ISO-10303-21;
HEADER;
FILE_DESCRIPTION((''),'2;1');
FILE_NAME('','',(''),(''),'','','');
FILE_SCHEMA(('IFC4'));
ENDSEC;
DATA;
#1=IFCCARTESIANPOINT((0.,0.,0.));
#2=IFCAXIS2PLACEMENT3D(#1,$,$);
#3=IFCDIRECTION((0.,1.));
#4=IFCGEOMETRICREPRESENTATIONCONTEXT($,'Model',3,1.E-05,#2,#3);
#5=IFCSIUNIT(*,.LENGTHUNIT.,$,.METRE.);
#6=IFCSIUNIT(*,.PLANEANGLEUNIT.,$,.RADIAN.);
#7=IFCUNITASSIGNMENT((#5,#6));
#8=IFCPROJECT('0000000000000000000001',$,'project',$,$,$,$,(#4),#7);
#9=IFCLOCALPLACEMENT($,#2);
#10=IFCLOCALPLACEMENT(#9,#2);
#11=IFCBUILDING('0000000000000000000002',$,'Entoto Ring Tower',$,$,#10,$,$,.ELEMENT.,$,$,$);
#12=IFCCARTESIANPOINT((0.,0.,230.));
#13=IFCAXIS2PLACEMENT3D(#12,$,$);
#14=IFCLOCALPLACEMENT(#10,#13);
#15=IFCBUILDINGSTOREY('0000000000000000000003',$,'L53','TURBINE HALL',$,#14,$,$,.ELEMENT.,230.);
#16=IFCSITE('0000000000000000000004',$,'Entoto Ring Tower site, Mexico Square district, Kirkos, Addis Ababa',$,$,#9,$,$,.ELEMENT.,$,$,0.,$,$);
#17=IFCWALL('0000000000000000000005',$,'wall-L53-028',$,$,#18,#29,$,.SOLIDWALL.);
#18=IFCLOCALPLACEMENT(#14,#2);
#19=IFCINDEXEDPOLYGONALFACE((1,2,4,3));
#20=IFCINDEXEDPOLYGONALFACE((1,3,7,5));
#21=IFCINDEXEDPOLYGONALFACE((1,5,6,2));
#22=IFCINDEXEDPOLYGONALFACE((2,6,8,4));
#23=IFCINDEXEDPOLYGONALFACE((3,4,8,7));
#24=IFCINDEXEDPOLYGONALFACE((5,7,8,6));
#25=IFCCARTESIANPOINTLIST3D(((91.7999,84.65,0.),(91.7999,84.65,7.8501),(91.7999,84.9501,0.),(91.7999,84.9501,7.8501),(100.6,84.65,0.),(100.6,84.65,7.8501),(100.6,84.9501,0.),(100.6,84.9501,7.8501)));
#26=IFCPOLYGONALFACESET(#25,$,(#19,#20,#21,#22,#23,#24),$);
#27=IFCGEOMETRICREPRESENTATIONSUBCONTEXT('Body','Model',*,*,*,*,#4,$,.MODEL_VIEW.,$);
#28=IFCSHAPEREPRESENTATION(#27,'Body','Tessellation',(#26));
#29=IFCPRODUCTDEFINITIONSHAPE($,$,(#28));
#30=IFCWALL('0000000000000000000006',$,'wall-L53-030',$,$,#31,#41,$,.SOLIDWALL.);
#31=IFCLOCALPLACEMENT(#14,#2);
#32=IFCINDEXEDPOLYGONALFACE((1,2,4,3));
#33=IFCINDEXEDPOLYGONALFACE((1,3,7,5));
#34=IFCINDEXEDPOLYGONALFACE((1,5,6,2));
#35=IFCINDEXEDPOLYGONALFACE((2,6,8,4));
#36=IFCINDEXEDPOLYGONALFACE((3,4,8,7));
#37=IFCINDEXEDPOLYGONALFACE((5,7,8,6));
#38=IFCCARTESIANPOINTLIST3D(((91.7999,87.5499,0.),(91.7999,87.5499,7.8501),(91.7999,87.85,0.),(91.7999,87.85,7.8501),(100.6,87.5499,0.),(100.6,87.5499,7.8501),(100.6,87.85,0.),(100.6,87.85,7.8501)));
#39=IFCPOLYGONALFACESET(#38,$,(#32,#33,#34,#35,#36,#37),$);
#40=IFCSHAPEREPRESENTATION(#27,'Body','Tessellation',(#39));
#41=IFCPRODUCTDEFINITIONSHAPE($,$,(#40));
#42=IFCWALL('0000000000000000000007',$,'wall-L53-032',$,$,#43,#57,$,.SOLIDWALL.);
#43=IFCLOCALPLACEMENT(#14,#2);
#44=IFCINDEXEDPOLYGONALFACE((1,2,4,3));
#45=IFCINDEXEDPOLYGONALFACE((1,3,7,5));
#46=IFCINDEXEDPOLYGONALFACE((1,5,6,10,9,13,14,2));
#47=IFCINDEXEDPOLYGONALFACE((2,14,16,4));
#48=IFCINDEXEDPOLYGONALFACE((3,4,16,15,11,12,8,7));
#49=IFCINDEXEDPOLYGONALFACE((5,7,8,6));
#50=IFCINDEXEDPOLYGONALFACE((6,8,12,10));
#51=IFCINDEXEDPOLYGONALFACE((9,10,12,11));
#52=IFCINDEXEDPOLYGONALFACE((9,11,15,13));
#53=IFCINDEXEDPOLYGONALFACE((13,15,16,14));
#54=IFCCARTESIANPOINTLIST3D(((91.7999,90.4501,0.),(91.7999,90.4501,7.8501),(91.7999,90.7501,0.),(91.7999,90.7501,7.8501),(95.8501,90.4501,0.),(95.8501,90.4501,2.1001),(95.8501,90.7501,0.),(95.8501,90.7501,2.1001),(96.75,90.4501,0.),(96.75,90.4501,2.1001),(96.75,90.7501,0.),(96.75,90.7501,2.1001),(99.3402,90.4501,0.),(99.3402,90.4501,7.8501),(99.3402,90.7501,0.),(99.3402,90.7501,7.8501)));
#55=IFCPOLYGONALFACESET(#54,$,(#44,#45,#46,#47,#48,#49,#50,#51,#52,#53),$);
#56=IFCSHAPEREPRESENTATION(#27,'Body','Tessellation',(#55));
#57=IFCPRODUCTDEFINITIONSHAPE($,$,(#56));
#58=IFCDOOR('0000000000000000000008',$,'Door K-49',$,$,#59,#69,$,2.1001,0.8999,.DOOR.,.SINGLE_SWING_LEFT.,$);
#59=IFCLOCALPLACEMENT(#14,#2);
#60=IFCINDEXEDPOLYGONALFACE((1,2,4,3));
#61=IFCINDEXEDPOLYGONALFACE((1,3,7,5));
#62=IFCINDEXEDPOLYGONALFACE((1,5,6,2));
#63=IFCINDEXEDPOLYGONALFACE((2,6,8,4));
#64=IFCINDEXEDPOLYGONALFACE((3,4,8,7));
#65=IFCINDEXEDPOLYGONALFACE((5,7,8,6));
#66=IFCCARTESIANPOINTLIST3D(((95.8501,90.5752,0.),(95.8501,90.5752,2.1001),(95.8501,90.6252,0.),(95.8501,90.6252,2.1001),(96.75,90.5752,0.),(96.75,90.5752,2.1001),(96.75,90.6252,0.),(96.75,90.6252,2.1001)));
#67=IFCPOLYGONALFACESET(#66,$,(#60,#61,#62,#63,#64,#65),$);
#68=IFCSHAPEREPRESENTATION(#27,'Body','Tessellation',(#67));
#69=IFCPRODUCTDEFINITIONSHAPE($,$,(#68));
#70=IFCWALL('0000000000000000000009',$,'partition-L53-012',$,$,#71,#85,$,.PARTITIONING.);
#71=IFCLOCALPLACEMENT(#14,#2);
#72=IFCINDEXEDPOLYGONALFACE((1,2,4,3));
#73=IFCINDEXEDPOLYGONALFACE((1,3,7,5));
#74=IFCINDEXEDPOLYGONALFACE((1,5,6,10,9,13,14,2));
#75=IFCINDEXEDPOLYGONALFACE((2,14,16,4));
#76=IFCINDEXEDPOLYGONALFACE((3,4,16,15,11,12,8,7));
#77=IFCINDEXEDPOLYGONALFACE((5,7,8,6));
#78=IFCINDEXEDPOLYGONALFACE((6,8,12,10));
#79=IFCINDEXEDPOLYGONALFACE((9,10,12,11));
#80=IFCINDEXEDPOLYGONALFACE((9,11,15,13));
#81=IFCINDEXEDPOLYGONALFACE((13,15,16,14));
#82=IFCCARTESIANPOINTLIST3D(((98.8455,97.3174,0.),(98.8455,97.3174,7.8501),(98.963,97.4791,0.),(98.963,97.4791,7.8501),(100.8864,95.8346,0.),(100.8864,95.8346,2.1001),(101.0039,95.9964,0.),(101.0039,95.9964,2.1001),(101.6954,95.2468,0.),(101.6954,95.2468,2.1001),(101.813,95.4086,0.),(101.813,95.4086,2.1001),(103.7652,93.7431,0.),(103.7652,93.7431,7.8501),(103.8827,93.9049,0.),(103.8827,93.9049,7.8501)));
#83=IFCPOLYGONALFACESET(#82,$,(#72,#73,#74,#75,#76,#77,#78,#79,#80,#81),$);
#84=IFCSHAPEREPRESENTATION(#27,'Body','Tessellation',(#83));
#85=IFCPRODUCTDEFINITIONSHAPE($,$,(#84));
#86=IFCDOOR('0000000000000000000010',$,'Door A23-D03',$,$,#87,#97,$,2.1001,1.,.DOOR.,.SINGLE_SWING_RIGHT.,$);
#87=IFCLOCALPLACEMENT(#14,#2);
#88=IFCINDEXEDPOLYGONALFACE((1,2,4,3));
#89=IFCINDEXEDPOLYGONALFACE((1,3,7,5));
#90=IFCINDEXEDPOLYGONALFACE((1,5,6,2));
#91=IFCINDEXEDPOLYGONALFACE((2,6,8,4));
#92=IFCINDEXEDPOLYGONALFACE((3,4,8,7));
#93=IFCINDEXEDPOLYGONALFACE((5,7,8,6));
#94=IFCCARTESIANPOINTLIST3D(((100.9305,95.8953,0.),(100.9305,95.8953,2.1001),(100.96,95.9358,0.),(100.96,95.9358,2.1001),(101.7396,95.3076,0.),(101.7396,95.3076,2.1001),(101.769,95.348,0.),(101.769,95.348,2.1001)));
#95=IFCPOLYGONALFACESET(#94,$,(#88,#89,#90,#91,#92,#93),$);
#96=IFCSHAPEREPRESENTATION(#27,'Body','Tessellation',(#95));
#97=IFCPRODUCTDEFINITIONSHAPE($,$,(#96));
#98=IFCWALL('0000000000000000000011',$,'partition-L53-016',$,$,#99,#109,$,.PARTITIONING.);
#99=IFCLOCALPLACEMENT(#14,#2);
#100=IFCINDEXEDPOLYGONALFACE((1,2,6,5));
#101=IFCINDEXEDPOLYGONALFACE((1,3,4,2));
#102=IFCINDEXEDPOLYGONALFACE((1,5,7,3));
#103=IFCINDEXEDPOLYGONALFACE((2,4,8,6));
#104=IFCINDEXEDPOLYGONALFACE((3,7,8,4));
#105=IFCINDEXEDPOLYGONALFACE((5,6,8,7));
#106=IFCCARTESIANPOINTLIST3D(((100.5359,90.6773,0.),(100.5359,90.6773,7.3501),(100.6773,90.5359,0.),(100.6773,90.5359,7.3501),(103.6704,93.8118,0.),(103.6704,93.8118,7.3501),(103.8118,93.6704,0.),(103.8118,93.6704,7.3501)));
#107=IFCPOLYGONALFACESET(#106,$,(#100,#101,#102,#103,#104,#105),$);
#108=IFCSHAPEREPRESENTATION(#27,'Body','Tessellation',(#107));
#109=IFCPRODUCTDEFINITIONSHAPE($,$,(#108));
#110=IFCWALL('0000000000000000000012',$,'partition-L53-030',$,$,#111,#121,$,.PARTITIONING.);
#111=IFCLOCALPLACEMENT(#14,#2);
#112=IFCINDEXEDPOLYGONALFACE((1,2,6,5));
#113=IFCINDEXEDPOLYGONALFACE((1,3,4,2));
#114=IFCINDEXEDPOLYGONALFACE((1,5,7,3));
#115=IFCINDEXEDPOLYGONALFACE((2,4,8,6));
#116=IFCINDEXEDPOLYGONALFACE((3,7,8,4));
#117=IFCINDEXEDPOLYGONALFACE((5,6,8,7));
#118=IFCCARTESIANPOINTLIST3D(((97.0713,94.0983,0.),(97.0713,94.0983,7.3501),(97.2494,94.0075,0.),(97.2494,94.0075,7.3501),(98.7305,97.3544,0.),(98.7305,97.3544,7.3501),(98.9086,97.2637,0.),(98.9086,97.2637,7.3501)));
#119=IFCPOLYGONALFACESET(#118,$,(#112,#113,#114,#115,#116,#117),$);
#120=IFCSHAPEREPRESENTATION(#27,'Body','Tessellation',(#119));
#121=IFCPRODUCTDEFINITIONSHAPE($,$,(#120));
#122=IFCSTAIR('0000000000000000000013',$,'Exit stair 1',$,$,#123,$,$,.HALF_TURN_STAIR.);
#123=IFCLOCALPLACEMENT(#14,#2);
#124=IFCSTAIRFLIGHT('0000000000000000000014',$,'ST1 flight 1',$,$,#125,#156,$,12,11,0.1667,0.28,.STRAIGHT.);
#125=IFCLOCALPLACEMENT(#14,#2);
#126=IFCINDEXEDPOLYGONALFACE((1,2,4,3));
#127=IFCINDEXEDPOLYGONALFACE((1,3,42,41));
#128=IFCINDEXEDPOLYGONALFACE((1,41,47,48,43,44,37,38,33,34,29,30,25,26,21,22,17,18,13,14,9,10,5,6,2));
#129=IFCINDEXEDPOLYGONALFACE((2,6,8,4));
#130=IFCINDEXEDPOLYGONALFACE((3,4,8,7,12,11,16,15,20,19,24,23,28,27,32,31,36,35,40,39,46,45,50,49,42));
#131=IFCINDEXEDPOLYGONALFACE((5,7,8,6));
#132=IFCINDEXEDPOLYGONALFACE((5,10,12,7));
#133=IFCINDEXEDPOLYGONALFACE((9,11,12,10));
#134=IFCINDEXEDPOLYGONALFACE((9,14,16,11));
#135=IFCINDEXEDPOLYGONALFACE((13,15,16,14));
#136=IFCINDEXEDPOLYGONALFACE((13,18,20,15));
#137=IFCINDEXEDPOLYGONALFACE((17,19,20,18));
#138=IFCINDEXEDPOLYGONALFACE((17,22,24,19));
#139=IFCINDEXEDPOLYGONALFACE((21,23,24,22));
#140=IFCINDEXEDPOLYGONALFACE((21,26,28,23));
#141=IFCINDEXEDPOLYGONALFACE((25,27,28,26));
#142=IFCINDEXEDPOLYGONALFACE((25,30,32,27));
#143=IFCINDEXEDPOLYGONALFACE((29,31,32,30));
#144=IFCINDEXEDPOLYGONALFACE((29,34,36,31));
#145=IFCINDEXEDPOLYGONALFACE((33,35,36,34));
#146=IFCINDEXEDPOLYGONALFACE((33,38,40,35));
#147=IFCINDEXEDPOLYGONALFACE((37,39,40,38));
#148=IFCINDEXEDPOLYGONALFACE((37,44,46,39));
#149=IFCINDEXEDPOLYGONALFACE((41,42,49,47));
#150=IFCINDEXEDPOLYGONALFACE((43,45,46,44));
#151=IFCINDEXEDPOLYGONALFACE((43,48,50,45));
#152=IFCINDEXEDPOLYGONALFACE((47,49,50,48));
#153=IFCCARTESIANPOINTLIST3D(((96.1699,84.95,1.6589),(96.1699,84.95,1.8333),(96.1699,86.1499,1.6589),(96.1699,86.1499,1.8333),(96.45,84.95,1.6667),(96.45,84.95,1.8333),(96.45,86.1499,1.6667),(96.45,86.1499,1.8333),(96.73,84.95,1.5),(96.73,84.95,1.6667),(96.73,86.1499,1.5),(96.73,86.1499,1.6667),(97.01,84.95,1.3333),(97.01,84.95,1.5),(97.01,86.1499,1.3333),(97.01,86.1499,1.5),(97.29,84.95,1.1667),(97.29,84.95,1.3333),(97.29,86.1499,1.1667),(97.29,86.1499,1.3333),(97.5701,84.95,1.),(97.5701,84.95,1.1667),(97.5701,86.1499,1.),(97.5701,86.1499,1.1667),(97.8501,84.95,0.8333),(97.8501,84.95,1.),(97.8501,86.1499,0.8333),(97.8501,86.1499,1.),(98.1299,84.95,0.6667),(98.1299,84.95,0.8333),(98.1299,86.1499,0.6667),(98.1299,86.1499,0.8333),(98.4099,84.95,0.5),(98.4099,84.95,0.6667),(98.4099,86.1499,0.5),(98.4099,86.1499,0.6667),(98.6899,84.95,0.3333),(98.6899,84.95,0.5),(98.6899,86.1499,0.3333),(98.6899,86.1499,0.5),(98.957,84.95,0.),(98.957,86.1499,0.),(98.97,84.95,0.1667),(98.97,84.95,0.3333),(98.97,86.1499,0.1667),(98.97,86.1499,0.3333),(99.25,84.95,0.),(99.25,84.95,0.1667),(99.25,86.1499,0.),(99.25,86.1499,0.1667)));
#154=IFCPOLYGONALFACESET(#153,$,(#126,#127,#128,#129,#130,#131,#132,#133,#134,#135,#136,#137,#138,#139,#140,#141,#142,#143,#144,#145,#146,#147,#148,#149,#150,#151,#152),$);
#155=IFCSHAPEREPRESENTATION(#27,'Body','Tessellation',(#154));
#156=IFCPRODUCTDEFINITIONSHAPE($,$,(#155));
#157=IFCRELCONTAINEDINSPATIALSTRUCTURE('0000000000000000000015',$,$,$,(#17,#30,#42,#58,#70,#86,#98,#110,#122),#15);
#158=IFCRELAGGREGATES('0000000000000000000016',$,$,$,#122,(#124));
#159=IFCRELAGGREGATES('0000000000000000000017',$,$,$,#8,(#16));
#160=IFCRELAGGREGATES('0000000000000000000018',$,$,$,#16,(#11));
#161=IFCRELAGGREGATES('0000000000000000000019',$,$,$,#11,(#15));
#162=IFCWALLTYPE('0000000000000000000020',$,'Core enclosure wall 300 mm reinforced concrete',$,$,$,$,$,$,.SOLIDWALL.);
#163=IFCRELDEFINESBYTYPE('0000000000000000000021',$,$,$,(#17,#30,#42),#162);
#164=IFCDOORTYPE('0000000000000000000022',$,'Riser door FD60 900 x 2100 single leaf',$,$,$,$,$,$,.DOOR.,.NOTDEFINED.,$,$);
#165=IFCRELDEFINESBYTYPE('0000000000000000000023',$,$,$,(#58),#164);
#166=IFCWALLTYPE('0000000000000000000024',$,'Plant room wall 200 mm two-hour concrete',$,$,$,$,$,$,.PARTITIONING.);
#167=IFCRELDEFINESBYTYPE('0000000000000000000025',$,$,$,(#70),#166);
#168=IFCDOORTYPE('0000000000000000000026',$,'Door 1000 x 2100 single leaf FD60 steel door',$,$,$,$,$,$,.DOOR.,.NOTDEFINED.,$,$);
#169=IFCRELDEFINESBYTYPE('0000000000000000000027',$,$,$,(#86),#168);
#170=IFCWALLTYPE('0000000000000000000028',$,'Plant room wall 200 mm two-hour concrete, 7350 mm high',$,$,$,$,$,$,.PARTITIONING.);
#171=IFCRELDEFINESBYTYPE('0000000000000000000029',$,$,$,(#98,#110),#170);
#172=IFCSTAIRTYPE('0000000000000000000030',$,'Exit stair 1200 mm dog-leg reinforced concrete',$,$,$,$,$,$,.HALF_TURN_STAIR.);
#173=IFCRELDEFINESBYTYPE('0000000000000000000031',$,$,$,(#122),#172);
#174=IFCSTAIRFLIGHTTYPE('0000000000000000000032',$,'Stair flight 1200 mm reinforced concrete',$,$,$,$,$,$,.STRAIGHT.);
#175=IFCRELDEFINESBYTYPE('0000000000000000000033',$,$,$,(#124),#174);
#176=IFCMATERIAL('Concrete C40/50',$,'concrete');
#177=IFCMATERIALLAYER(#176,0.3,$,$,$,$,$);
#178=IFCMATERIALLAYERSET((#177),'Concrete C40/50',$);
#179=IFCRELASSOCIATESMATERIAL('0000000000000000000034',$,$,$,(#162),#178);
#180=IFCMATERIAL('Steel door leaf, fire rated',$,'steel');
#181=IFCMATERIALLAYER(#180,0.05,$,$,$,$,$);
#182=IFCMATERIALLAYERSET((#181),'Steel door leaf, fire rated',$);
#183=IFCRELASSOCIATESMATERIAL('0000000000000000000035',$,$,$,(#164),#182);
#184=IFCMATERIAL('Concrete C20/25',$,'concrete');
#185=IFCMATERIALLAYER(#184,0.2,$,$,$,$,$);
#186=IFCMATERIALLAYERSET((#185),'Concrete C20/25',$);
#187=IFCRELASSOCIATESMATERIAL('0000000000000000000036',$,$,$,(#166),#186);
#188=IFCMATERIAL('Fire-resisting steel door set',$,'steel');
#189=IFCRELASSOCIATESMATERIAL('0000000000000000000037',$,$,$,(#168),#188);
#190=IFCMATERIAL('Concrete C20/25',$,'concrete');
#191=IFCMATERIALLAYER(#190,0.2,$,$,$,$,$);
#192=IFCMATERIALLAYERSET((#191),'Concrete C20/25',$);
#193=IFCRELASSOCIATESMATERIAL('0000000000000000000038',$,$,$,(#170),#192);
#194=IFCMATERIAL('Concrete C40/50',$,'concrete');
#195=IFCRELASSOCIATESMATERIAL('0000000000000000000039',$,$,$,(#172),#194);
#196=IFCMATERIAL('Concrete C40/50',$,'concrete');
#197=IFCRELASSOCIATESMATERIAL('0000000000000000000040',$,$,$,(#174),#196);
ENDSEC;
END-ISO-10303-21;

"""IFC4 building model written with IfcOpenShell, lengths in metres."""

from ifc_helpers import new_model, si_unit, direction, frame, frame_2d, origin, place, context, subcontext, project, spatial, polyline, rectangle, outline, extrude, material, layer, layer_set, type_object, element, fill, aggregate, save


model = new_model("IFC4")

# Units and contexts
model_context = context("Model", 3, precision=1e-05, world=origin(), true_north=direction((0.0, 1.0)))
body_context = subcontext(model_context, "Body", "Model", "MODEL_VIEW")
ifc_project = project(units=[si_unit("LENGTHUNIT", "METRE"), si_unit("PLANEANGLEUNIT", "RADIAN")], contexts=[model_context])

# Site, building, storey
site_placement = place(None, origin())
site = spatial("IfcSite", under=ifc_project, at=site_placement, Name="Entoto Ring Tower site, Mexico Square district, Kirkos, Addis Ababa", CompositionType="ELEMENT", RefElevation=0.0)
building_placement = place(site_placement, origin())
building = spatial("IfcBuilding", under=site, at=building_placement, Name="Entoto Ring Tower", CompositionType="ELEMENT")
storey_placement = place(building_placement, frame((0.0, 0.0, 230.0)))
storey = spatial("IfcBuildingStorey", under=building, at=storey_placement, Name="L53", Description="TURBINE HALL", CompositionType="ELEMENT", Elevation=230.0)

# Shared definitions
ifc_material_1 = material(Name="Concrete C40/50", Category="concrete")
ifc_layer_1 = layer(ifc_material_1, 0.3)
ifc_layer_set_1 = layer_set([ifc_layer_1], Name="Concrete C40/50")
wall_type_1 = type_object("IfcWallType", Name="Core enclosure wall 300 mm reinforced concrete", PredefinedType="SOLIDWALL", material=ifc_layer_set_1)

# Walls
for number, where, z_axis, x_axis, name in (
    (1, (91.8, 84.8, 0.0), (0.0, 0.0, 1.0), (1.0, 0.0, 0.0), "wall-L53-028"),
    (2, (91.8, 87.7, 0.0), (0.0, 0.0, 1.0), (1.0, 0.0, 0.0), "wall-L53-030"),
):
    element("IfcWall", number, at=place(storey_placement, frame(where, z_axis=z_axis, x_axis=x_axis)), inside=storey, type_object=wall_type_1, Name=name, PredefinedType="SOLIDWALL", context=body_context, shape_type="SweptSolid", body=[
        extrude(rectangle(XDim=8.8, YDim=0.3, at=frame_2d((4.3999, 0.0))), origin(), (0.0, 0.0, 1.0), 7.8501),
    ])

# Walls, openings, doors
wall_1_placement = place(storey_placement, frame((91.8, 90.6001, 0.0), z_axis=(0.0, 0.0, 1.0), x_axis=(1.0, 0.0, 0.0)))
wall_1 = element("IfcWall", 3, at=wall_1_placement, inside=storey, type_object=wall_type_1, Name="wall-L53-032", PredefinedType="SOLIDWALL", context=body_context, shape_type="SweptSolid", body=[
    extrude(rectangle(XDim=7.5403, YDim=0.3, at=frame_2d((3.77, 0.0))), origin(), (0.0, 0.0, 1.0), 7.8501),
])
opening_1_placement = place(wall_1_placement, frame((4.05, 0.0, 0.0)))
opening_1 = element("IfcOpeningElement", 4, at=opening_1_placement, cuts=wall_1, PredefinedType="OPENING", context=body_context, shape_type="SweptSolid", body=[
    extrude(rectangle(XDim=0.8999, YDim=2.1001, at=frame_2d((0.45, 1.05))), frame((0.0, 0.1602, 0.0), z_axis=(0.0, -1.0, 0.0), x_axis=(1.0, 0.0, 0.0)), (0.0, 0.0, 1.0), 0.3201),
])
ifc_material_2 = material(Name="Steel door leaf, fire rated", Category="steel")
ifc_layer_2 = layer(ifc_material_2, 0.05)
ifc_layer_set_2 = layer_set([ifc_layer_2], Name="Steel door leaf, fire rated")
door_type_1 = type_object("IfcDoorType", Name="Riser door FD60 900 x 2100 single leaf", OperationType="NOTDEFINED", PredefinedType="DOOR", material=ifc_layer_set_2)
door_1_placement = place(opening_1_placement, frame((0.8999, 0.0, 0.0), z_axis=(0.0, 0.0, 1.0), x_axis=(-1.0, 0.0, 0.0)))
door_1 = element("IfcDoor", 5, at=door_1_placement, inside=storey, type_object=door_type_1, Name="Door K-49", OperationType="SINGLE_SWING_LEFT", OverallHeight=2.1001, OverallWidth=0.8999, PredefinedType="DOOR", context=body_context, shape_type="SweptSolid", body=[
    extrude(rectangle(XDim=0.8999, YDim=2.1001, at=frame_2d((0.45, 1.05))), frame((0.0, 0.0249, 0.0), z_axis=(0.0, -1.0, 0.0), x_axis=(1.0, 0.0, 0.0)), (0.0, 0.0, 1.0), 0.05),
])
fill(opening_1, door_1)
ifc_material_3 = material(Name="Concrete C20/25", Category="concrete")
ifc_layer_3 = layer(ifc_material_3, 0.2)
ifc_layer_set_3 = layer_set([ifc_layer_3], Name="Concrete C20/25")
wall_type_2 = type_object("IfcWallType", Name="Plant room wall 200 mm two-hour concrete", PredefinedType="PARTITIONING", material=ifc_layer_set_3)
wall_2_placement = place(storey_placement, frame((103.824, 93.824, 0.0), z_axis=(0.0, 0.0, 1.0), x_axis=(-0.809028, 0.587771, 0.0)))
wall_2 = element("IfcWall", 6, at=wall_2_placement, inside=storey, type_object=wall_type_2, Name="partition-L53-012", PredefinedType="PARTITIONING", context=body_context, shape_type="SweptSolid", body=[
    extrude(rectangle(XDim=6.0811, YDim=0.2, at=frame_2d((3.0405, 0.0))), origin(), (0.0, 0.0, 1.0), 7.8501),
])
opening_2_placement = place(wall_2_placement, frame((2.5583, 0.0, 0.0)))
opening_2 = element("IfcOpeningElement", 7, at=opening_2_placement, cuts=wall_2, PredefinedType="OPENING", context=body_context, shape_type="SweptSolid", body=[
    extrude(rectangle(XDim=1.0, YDim=2.1001, at=frame_2d((0.5, 1.05))), frame((0.0, 0.1099, 0.0), z_axis=(0.0, -1.0, 0.0), x_axis=(1.0, 0.0, 0.0)), (0.0, 0.0, 1.0), 0.22),
])
ifc_material_4 = material(Name="Fire-resisting steel door set", Category="steel")
door_type_2 = type_object("IfcDoorType", Name="Door 1000 x 2100 single leaf FD60 steel door", OperationType="NOTDEFINED", PredefinedType="DOOR", material=ifc_material_4)
door_2_placement = place(opening_2_placement, origin())
door_2 = element("IfcDoor", 8, at=door_2_placement, inside=storey, type_object=door_type_2, Name="Door A23-D03", OperationType="SINGLE_SWING_RIGHT", OverallHeight=2.1001, OverallWidth=1.0, PredefinedType="DOOR", context=body_context, shape_type="SweptSolid", body=[
    extrude(rectangle(XDim=1.0, YDim=2.1001, at=frame_2d((0.5, 1.05))), frame((0.0, 0.0249, 0.0), z_axis=(0.0, -1.0, 0.0), x_axis=(1.0, 0.0, 0.0)), (0.0, 0.0, 1.0), 0.05),
])
fill(opening_2, door_2)

# Walls
ifc_material_5 = material(Name="Concrete C20/25", Category="concrete")
ifc_layer_4 = layer(ifc_material_5, 0.2)
ifc_layer_set_4 = layer_set([ifc_layer_4], Name="Concrete C20/25")
wall_type_3 = type_object("IfcWallType", Name="Plant room wall 200 mm two-hour concrete, 7350 mm high", PredefinedType="PARTITIONING", material=ifc_layer_set_4)
wall_3_placement = place(storey_placement, frame((100.6067, 90.6067, 0.0), z_axis=(0.0, 0.0, 1.0), x_axis=(0.707107, 0.707107, 0.0)))
element("IfcWall", 9, at=wall_3_placement, inside=storey, type_object=wall_type_3, Name="partition-L53-016", PredefinedType="PARTITIONING", context=body_context, shape_type="SweptSolid", body=[
    extrude(rectangle(XDim=4.4329, YDim=0.2, at=frame_2d((2.2163, 0.0))), origin(), (0.0, 0.0, 1.0), 7.3501),
])
wall_4_placement = place(storey_placement, frame((97.1604, 94.053, 0.0), z_axis=(0.0, 0.0, 1.0), x_axis=(0.454015, 0.890994, 0.0)))
element("IfcWall", 10, at=wall_4_placement, inside=storey, type_object=wall_type_3, Name="partition-L53-030", PredefinedType="PARTITIONING", context=body_context, shape_type="SweptSolid", body=[
    extrude(rectangle(XDim=3.6545, YDim=0.2, at=frame_2d((1.8271, 0.0))), origin(), (0.0, 0.0, 1.0), 7.3501),
])

# Stair, stair flight
ifc_material_6 = material(Name="Concrete C40/50", Category="concrete")
stair_type = type_object("IfcStairType", Name="Exit stair 1200 mm dog-leg reinforced concrete", PredefinedType="HALF_TURN_STAIR", material=ifc_material_6)
stair_placement = place(storey_placement, origin())
stair = element("IfcStair", 11, at=stair_placement, inside=storey, type_object=stair_type, Name="Exit stair 1", PredefinedType="HALF_TURN_STAIR")
ifc_material_7 = material(Name="Concrete C40/50", Category="concrete")
stair_flight_type = type_object("IfcStairFlightType", Name="Stair flight 1200 mm reinforced concrete", PredefinedType="STRAIGHT", material=ifc_material_7)
stair_flight_1_placement = place(storey_placement, frame((99.25, 85.55, 0.0), z_axis=(0.0, 0.0, 1.0), x_axis=(-1.0, 0.0, 0.0)))
stair_flight_1 = element("IfcStairFlight", 12, at=stair_flight_1_placement, type_object=stair_flight_type, Name="ST1 flight 1", NumberOfRisers=12, NumberOfTreads=11, PredefinedType="STRAIGHT", RiserHeight=0.1667, TreadLength=0.28, context=body_context, shape_type="SweptSolid", body=[
    extrude(outline(polyline([(0.0, 0.0), (0.0, 0.1667), (0.28, 0.1667), (0.28, 0.3333), (0.5601, 0.3333), (0.5601, 0.5), (0.8401, 0.5), (0.8401, 0.6667), (1.1201, 0.6667), (1.1201, 0.8333), (1.3999, 0.8333), (1.3999, 1.0), (1.6799, 1.0), (1.6799, 1.1667), (1.96, 1.1667), (1.96, 1.3333), (2.24, 1.3333), (2.24, 1.5), (2.52, 1.5), (2.52, 1.6667), (2.8, 1.6667), (2.8, 1.8333), (3.0801, 1.8333), (3.0801, 2.0), (3.0801, 1.6589), (0.293, 0.0), (0.0, 0.0)])), frame((0.0, 0.6001, 0.0), z_axis=(0.0, -1.0, 0.0), x_axis=(1.0, 0.0, 0.0)), (0.0, 0.0, 1.0), 1.2),
])
aggregate(stair, [stair_flight_1])

save(model, "model.ifc")
